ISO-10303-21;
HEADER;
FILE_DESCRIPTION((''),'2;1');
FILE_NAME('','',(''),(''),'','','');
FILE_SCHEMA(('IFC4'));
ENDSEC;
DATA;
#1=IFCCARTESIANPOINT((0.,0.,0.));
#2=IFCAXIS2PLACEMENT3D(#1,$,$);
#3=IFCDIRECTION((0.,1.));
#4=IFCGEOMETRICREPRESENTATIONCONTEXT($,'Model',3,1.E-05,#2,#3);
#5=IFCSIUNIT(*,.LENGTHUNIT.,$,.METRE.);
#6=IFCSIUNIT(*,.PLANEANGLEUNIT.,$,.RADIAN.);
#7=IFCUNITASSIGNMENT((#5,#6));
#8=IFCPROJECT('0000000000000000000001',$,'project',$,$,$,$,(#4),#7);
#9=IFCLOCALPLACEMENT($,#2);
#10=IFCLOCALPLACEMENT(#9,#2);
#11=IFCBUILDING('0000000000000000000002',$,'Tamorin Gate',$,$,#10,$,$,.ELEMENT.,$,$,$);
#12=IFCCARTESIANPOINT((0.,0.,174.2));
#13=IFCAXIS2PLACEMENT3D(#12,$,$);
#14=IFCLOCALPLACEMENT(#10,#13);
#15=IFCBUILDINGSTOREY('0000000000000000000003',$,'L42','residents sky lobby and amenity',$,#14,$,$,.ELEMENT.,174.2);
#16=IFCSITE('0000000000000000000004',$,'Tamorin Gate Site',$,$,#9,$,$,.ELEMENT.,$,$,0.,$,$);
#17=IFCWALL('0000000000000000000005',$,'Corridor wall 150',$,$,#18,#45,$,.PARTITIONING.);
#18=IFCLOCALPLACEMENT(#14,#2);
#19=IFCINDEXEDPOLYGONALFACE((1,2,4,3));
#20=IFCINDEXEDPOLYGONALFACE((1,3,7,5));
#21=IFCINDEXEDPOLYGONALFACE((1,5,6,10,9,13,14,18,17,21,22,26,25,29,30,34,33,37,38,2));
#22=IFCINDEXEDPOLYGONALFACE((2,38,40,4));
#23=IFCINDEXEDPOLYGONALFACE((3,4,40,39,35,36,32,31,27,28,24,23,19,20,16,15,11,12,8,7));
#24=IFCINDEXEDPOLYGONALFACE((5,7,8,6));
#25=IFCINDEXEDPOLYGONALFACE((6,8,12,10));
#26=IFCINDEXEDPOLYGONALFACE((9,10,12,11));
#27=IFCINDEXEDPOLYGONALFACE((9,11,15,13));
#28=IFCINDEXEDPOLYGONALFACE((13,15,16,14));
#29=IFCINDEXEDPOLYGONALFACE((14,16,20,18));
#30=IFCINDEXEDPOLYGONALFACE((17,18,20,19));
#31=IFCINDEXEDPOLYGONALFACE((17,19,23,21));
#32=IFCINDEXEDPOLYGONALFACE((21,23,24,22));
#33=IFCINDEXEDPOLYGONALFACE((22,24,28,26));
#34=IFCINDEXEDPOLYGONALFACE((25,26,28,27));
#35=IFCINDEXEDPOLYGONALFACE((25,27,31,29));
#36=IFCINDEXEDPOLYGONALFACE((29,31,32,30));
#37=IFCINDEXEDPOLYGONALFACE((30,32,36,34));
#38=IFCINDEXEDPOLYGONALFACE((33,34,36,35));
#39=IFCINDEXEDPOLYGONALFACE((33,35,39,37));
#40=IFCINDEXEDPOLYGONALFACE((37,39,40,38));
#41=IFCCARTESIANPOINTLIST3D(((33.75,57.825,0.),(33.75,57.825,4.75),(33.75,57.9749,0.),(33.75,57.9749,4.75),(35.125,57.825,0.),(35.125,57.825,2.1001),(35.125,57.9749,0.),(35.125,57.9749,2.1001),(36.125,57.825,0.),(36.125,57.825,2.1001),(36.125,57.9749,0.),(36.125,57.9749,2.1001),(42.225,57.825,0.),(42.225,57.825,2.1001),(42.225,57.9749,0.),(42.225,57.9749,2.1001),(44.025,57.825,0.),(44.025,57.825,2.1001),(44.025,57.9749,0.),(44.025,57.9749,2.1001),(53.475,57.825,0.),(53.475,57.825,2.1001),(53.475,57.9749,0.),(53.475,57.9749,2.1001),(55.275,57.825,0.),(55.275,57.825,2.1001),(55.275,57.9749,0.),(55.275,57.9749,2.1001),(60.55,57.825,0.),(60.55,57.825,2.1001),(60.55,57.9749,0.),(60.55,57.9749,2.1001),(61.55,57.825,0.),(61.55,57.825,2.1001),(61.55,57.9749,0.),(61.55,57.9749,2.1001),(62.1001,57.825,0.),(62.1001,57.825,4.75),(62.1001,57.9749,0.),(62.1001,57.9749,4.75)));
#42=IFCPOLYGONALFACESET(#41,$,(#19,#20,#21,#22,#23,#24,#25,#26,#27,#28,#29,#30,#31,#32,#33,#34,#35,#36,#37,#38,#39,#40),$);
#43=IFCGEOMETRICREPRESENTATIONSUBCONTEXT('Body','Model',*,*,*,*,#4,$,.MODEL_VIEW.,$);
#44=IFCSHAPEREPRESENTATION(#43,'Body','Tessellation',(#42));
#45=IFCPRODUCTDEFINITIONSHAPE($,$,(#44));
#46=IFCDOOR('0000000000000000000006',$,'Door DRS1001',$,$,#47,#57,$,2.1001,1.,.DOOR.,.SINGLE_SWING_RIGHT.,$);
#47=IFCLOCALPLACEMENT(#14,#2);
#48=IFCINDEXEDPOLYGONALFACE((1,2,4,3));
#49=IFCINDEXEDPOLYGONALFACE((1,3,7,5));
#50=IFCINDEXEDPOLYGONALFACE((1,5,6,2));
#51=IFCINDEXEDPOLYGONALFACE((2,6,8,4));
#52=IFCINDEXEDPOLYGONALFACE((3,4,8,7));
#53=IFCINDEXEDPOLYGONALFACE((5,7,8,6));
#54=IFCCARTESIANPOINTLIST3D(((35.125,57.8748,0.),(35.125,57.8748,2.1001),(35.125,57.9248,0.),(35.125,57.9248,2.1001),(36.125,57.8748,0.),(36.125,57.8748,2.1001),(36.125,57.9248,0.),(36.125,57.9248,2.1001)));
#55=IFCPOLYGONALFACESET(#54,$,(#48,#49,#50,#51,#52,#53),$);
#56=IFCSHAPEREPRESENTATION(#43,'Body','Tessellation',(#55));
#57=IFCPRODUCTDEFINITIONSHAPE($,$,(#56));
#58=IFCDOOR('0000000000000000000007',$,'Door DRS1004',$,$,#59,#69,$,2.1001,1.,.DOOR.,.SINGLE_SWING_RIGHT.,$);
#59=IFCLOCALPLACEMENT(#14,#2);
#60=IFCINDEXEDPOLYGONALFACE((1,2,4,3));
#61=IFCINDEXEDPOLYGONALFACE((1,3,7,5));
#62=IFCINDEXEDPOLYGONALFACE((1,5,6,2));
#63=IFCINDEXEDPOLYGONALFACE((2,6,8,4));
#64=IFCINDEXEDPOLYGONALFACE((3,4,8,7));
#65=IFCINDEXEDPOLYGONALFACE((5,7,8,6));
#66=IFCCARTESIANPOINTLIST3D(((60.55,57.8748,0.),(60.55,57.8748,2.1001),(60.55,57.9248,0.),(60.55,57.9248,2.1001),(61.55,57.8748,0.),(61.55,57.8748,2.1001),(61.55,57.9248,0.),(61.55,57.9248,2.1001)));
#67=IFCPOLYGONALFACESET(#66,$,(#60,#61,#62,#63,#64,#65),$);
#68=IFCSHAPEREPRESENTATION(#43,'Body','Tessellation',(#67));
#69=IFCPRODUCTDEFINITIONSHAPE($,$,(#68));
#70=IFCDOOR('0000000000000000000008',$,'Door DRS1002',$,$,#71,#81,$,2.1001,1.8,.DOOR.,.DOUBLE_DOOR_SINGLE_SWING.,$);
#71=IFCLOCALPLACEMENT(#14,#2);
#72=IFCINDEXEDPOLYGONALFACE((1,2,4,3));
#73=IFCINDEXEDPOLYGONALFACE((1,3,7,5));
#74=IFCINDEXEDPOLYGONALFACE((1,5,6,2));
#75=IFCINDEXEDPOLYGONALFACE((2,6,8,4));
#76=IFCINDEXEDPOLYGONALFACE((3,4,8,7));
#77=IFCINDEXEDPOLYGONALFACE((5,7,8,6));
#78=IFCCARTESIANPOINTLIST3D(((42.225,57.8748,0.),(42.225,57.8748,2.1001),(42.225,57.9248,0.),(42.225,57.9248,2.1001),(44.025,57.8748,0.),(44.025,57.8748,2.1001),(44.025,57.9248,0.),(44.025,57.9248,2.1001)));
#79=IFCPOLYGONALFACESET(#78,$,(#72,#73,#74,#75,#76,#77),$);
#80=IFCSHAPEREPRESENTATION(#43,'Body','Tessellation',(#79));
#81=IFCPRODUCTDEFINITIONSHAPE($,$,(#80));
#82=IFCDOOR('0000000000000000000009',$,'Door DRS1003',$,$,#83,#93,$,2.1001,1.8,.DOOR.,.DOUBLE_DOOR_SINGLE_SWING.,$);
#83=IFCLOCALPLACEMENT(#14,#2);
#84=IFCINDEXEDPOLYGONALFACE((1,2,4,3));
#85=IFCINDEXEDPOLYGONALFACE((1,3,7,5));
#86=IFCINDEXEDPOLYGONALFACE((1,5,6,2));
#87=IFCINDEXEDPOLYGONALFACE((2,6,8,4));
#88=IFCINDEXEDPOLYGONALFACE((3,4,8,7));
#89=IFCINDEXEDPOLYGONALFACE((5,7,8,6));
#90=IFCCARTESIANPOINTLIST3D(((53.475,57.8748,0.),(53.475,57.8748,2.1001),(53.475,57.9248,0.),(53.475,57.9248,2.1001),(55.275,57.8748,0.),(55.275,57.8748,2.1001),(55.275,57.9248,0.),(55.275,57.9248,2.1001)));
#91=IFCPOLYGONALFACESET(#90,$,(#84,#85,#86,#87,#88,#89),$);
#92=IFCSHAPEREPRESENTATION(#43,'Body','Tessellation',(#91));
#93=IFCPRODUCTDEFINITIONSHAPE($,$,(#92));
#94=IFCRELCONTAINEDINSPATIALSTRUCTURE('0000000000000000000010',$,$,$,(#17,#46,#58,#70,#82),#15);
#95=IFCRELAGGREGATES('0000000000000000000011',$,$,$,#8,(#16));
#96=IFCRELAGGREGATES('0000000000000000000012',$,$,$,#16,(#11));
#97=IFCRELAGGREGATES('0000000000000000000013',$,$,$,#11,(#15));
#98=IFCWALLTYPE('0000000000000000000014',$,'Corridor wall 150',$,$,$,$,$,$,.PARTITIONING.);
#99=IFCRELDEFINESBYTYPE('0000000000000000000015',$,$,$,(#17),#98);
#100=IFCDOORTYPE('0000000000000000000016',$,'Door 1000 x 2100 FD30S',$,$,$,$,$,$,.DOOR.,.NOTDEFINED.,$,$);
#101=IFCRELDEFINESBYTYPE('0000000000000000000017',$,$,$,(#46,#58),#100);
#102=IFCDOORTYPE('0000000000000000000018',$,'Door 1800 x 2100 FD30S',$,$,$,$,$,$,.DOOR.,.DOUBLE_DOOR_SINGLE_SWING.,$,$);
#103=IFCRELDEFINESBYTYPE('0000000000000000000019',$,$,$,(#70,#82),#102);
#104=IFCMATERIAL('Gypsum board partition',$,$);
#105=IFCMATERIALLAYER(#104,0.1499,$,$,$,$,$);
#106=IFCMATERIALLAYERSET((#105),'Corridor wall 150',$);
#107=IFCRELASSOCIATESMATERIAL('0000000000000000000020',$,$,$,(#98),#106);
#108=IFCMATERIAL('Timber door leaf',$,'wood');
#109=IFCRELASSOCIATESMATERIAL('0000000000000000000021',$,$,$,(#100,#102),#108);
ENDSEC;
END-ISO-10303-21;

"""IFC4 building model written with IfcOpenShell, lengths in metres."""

from ifc_helpers import new_model, si_unit, direction, frame, frame_2d, origin, place, context, subcontext, project, spatial, rectangle, extrude, material, layer, layer_set, type_object, element, fill, save


model = new_model("IFC4")

# Units and contexts
model_context = context("Model", 3, precision=1e-05, world=origin(), true_north=direction((0.0, 1.0)))
body_context = subcontext(model_context, "Body", "Model", "MODEL_VIEW")
ifc_project = project(units=[si_unit("LENGTHUNIT", "METRE"), si_unit("PLANEANGLEUNIT", "RADIAN")], contexts=[model_context])

# Site, building, storey
site_placement = place(None, origin())
site = spatial("IfcSite", under=ifc_project, at=site_placement, Name="Tamorin Gate Site", CompositionType="ELEMENT", RefElevation=0.0)
building_placement = place(site_placement, origin())
building = spatial("IfcBuilding", under=site, at=building_placement, Name="Tamorin Gate", CompositionType="ELEMENT")
storey_placement = place(building_placement, frame((0.0, 0.0, 174.2)))
storey = spatial("IfcBuildingStorey", under=building, at=storey_placement, Name="L42", Description="residents sky lobby and amenity", CompositionType="ELEMENT", Elevation=174.2)

# Wall, openings, doors
ifc_material_1 = material(Name="Gypsum board partition")
ifc_layer_1 = layer(ifc_material_1, 0.1499)
ifc_layer_set_1 = layer_set([ifc_layer_1], Name="Corridor wall 150")
wall_type = type_object("IfcWallType", Name="Corridor wall 150", PredefinedType="PARTITIONING", material=ifc_layer_set_1)
wall_placement = place(storey_placement, frame((33.75, 57.8999, 0.0), z_axis=(0.0, 0.0, 1.0), x_axis=(1.0, 0.0, 0.0)))
wall = element("IfcWall", 1, at=wall_placement, inside=storey, type_object=wall_type, Name="Corridor wall 150", PredefinedType="PARTITIONING", context=body_context, shape_type="SweptSolid", body=[
    extrude(rectangle(XDim=28.3501, YDim=0.1499, at=frame_2d((14.175, 0.0))), origin(), (0.0, 0.0, 1.0), 4.75),
])
opening_1_placement = place(wall_placement, frame((1.375, 0.0, 0.0)))
opening_1 = element("IfcOpeningElement", 2, at=opening_1_placement, cuts=wall, PredefinedType="OPENING", context=body_context, shape_type="SweptSolid", body=[
    extrude(rectangle(XDim=1.0, YDim=2.1001, at=frame_2d((0.5, 1.05))), frame((0.0, 0.085, 0.0), z_axis=(0.0, -1.0, 0.0), x_axis=(1.0, 0.0, 0.0)), (0.0, 0.0, 1.0), 0.1699),
])
opening_2_placement = place(wall_placement, frame((8.4751, 0.0, 0.0)))
opening_2 = element("IfcOpeningElement", 3, at=opening_2_placement, cuts=wall, PredefinedType="OPENING", context=body_context, shape_type="SweptSolid", body=[
    extrude(rectangle(XDim=1.8, YDim=2.1001, at=frame_2d((0.8999, 1.05))), frame((0.0, 0.085, 0.0), z_axis=(0.0, -1.0, 0.0), x_axis=(1.0, 0.0, 0.0)), (0.0, 0.0, 1.0), 0.1699),
])
opening_3_placement = place(wall_placement, frame((19.7251, 0.0, 0.0)))
opening_3 = element("IfcOpeningElement", 4, at=opening_3_placement, cuts=wall, PredefinedType="OPENING", context=body_context, shape_type="SweptSolid", body=[
    extrude(rectangle(XDim=1.8, YDim=2.1001, at=frame_2d((0.8999, 1.05))), frame((0.0, 0.085, 0.0), z_axis=(0.0, -1.0, 0.0), x_axis=(1.0, 0.0, 0.0)), (0.0, 0.0, 1.0), 0.1699),
])
opening_4_placement = place(wall_placement, frame((26.8, 0.0, 0.0)))
opening_4 = element("IfcOpeningElement", 5, at=opening_4_placement, cuts=wall, PredefinedType="OPENING", context=body_context, shape_type="SweptSolid", body=[
    extrude(rectangle(XDim=1.0, YDim=2.1001, at=frame_2d((0.5, 1.05))), frame((0.0, 0.085, 0.0), z_axis=(0.0, -1.0, 0.0), x_axis=(1.0, 0.0, 0.0)), (0.0, 0.0, 1.0), 0.1699),
])
ifc_material_2 = material(Name="Timber door leaf", Category="wood")
door_type_1 = type_object("IfcDoorType", Name="Door 1000 x 2100 FD30S", OperationType="NOTDEFINED", PredefinedType="DOOR", material=ifc_material_2)
door_1_placement = place(opening_1_placement, origin())
door_1 = element("IfcDoor", 6, at=door_1_placement, inside=storey, type_object=door_type_1, Name="Door DRS1001", OperationType="SINGLE_SWING_RIGHT", OverallHeight=2.1001, OverallWidth=1.0, PredefinedType="DOOR", context=body_context, shape_type="SweptSolid", body=[
    extrude(rectangle(XDim=1.0, YDim=2.1001, at=frame_2d((0.5, 1.05))), frame((0.0, 0.0249, 0.0), z_axis=(0.0, -1.0, 0.0), x_axis=(1.0, 0.0, 0.0)), (0.0, 0.0, 1.0), 0.05),
])
fill(opening_1, door_1)
door_2_placement = place(opening_4_placement, origin())
door_2 = element("IfcDoor", 7, at=door_2_placement, inside=storey, type_object=door_type_1, Name="Door DRS1004", OperationType="SINGLE_SWING_RIGHT", OverallHeight=2.1001, OverallWidth=1.0, PredefinedType="DOOR", context=body_context, shape_type="SweptSolid", body=[
    extrude(rectangle(XDim=1.0, YDim=2.1001, at=frame_2d((0.5, 1.05))), frame((0.0, 0.0249, 0.0), z_axis=(0.0, -1.0, 0.0), x_axis=(1.0, 0.0, 0.0)), (0.0, 0.0, 1.0), 0.05),
])
fill(opening_4, door_2)
door_type_2 = type_object("IfcDoorType", Name="Door 1800 x 2100 FD30S", OperationType="DOUBLE_DOOR_SINGLE_SWING", PredefinedType="DOOR", material=ifc_material_2)
door_3_placement = place(opening_2_placement, origin())
door_3 = element("IfcDoor", 8, at=door_3_placement, inside=storey, type_object=door_type_2, Name="Door DRS1002", OperationType="DOUBLE_DOOR_SINGLE_SWING", OverallHeight=2.1001, OverallWidth=1.8, PredefinedType="DOOR", context=body_context, shape_type="SweptSolid", body=[
    extrude(rectangle(XDim=1.8, YDim=2.1001, at=frame_2d((0.8999, 1.05))), frame((0.0, 0.0249, 0.0), z_axis=(0.0, -1.0, 0.0), x_axis=(1.0, 0.0, 0.0)), (0.0, 0.0, 1.0), 0.05),
])
fill(opening_2, door_3)
door_4_placement = place(opening_3_placement, origin())
door_4 = element("IfcDoor", 9, at=door_4_placement, inside=storey, type_object=door_type_2, Name="Door DRS1003", OperationType="DOUBLE_DOOR_SINGLE_SWING", OverallHeight=2.1001, OverallWidth=1.8, PredefinedType="DOOR", context=body_context, shape_type="SweptSolid", body=[
    extrude(rectangle(XDim=1.8, YDim=2.1001, at=frame_2d((0.8999, 1.05))), frame((0.0, 0.0249, 0.0), z_axis=(0.0, -1.0, 0.0), x_axis=(1.0, 0.0, 0.0)), (0.0, 0.0, 1.0), 0.05),
])
fill(opening_3, door_4)

save(model, "model.ifc")
